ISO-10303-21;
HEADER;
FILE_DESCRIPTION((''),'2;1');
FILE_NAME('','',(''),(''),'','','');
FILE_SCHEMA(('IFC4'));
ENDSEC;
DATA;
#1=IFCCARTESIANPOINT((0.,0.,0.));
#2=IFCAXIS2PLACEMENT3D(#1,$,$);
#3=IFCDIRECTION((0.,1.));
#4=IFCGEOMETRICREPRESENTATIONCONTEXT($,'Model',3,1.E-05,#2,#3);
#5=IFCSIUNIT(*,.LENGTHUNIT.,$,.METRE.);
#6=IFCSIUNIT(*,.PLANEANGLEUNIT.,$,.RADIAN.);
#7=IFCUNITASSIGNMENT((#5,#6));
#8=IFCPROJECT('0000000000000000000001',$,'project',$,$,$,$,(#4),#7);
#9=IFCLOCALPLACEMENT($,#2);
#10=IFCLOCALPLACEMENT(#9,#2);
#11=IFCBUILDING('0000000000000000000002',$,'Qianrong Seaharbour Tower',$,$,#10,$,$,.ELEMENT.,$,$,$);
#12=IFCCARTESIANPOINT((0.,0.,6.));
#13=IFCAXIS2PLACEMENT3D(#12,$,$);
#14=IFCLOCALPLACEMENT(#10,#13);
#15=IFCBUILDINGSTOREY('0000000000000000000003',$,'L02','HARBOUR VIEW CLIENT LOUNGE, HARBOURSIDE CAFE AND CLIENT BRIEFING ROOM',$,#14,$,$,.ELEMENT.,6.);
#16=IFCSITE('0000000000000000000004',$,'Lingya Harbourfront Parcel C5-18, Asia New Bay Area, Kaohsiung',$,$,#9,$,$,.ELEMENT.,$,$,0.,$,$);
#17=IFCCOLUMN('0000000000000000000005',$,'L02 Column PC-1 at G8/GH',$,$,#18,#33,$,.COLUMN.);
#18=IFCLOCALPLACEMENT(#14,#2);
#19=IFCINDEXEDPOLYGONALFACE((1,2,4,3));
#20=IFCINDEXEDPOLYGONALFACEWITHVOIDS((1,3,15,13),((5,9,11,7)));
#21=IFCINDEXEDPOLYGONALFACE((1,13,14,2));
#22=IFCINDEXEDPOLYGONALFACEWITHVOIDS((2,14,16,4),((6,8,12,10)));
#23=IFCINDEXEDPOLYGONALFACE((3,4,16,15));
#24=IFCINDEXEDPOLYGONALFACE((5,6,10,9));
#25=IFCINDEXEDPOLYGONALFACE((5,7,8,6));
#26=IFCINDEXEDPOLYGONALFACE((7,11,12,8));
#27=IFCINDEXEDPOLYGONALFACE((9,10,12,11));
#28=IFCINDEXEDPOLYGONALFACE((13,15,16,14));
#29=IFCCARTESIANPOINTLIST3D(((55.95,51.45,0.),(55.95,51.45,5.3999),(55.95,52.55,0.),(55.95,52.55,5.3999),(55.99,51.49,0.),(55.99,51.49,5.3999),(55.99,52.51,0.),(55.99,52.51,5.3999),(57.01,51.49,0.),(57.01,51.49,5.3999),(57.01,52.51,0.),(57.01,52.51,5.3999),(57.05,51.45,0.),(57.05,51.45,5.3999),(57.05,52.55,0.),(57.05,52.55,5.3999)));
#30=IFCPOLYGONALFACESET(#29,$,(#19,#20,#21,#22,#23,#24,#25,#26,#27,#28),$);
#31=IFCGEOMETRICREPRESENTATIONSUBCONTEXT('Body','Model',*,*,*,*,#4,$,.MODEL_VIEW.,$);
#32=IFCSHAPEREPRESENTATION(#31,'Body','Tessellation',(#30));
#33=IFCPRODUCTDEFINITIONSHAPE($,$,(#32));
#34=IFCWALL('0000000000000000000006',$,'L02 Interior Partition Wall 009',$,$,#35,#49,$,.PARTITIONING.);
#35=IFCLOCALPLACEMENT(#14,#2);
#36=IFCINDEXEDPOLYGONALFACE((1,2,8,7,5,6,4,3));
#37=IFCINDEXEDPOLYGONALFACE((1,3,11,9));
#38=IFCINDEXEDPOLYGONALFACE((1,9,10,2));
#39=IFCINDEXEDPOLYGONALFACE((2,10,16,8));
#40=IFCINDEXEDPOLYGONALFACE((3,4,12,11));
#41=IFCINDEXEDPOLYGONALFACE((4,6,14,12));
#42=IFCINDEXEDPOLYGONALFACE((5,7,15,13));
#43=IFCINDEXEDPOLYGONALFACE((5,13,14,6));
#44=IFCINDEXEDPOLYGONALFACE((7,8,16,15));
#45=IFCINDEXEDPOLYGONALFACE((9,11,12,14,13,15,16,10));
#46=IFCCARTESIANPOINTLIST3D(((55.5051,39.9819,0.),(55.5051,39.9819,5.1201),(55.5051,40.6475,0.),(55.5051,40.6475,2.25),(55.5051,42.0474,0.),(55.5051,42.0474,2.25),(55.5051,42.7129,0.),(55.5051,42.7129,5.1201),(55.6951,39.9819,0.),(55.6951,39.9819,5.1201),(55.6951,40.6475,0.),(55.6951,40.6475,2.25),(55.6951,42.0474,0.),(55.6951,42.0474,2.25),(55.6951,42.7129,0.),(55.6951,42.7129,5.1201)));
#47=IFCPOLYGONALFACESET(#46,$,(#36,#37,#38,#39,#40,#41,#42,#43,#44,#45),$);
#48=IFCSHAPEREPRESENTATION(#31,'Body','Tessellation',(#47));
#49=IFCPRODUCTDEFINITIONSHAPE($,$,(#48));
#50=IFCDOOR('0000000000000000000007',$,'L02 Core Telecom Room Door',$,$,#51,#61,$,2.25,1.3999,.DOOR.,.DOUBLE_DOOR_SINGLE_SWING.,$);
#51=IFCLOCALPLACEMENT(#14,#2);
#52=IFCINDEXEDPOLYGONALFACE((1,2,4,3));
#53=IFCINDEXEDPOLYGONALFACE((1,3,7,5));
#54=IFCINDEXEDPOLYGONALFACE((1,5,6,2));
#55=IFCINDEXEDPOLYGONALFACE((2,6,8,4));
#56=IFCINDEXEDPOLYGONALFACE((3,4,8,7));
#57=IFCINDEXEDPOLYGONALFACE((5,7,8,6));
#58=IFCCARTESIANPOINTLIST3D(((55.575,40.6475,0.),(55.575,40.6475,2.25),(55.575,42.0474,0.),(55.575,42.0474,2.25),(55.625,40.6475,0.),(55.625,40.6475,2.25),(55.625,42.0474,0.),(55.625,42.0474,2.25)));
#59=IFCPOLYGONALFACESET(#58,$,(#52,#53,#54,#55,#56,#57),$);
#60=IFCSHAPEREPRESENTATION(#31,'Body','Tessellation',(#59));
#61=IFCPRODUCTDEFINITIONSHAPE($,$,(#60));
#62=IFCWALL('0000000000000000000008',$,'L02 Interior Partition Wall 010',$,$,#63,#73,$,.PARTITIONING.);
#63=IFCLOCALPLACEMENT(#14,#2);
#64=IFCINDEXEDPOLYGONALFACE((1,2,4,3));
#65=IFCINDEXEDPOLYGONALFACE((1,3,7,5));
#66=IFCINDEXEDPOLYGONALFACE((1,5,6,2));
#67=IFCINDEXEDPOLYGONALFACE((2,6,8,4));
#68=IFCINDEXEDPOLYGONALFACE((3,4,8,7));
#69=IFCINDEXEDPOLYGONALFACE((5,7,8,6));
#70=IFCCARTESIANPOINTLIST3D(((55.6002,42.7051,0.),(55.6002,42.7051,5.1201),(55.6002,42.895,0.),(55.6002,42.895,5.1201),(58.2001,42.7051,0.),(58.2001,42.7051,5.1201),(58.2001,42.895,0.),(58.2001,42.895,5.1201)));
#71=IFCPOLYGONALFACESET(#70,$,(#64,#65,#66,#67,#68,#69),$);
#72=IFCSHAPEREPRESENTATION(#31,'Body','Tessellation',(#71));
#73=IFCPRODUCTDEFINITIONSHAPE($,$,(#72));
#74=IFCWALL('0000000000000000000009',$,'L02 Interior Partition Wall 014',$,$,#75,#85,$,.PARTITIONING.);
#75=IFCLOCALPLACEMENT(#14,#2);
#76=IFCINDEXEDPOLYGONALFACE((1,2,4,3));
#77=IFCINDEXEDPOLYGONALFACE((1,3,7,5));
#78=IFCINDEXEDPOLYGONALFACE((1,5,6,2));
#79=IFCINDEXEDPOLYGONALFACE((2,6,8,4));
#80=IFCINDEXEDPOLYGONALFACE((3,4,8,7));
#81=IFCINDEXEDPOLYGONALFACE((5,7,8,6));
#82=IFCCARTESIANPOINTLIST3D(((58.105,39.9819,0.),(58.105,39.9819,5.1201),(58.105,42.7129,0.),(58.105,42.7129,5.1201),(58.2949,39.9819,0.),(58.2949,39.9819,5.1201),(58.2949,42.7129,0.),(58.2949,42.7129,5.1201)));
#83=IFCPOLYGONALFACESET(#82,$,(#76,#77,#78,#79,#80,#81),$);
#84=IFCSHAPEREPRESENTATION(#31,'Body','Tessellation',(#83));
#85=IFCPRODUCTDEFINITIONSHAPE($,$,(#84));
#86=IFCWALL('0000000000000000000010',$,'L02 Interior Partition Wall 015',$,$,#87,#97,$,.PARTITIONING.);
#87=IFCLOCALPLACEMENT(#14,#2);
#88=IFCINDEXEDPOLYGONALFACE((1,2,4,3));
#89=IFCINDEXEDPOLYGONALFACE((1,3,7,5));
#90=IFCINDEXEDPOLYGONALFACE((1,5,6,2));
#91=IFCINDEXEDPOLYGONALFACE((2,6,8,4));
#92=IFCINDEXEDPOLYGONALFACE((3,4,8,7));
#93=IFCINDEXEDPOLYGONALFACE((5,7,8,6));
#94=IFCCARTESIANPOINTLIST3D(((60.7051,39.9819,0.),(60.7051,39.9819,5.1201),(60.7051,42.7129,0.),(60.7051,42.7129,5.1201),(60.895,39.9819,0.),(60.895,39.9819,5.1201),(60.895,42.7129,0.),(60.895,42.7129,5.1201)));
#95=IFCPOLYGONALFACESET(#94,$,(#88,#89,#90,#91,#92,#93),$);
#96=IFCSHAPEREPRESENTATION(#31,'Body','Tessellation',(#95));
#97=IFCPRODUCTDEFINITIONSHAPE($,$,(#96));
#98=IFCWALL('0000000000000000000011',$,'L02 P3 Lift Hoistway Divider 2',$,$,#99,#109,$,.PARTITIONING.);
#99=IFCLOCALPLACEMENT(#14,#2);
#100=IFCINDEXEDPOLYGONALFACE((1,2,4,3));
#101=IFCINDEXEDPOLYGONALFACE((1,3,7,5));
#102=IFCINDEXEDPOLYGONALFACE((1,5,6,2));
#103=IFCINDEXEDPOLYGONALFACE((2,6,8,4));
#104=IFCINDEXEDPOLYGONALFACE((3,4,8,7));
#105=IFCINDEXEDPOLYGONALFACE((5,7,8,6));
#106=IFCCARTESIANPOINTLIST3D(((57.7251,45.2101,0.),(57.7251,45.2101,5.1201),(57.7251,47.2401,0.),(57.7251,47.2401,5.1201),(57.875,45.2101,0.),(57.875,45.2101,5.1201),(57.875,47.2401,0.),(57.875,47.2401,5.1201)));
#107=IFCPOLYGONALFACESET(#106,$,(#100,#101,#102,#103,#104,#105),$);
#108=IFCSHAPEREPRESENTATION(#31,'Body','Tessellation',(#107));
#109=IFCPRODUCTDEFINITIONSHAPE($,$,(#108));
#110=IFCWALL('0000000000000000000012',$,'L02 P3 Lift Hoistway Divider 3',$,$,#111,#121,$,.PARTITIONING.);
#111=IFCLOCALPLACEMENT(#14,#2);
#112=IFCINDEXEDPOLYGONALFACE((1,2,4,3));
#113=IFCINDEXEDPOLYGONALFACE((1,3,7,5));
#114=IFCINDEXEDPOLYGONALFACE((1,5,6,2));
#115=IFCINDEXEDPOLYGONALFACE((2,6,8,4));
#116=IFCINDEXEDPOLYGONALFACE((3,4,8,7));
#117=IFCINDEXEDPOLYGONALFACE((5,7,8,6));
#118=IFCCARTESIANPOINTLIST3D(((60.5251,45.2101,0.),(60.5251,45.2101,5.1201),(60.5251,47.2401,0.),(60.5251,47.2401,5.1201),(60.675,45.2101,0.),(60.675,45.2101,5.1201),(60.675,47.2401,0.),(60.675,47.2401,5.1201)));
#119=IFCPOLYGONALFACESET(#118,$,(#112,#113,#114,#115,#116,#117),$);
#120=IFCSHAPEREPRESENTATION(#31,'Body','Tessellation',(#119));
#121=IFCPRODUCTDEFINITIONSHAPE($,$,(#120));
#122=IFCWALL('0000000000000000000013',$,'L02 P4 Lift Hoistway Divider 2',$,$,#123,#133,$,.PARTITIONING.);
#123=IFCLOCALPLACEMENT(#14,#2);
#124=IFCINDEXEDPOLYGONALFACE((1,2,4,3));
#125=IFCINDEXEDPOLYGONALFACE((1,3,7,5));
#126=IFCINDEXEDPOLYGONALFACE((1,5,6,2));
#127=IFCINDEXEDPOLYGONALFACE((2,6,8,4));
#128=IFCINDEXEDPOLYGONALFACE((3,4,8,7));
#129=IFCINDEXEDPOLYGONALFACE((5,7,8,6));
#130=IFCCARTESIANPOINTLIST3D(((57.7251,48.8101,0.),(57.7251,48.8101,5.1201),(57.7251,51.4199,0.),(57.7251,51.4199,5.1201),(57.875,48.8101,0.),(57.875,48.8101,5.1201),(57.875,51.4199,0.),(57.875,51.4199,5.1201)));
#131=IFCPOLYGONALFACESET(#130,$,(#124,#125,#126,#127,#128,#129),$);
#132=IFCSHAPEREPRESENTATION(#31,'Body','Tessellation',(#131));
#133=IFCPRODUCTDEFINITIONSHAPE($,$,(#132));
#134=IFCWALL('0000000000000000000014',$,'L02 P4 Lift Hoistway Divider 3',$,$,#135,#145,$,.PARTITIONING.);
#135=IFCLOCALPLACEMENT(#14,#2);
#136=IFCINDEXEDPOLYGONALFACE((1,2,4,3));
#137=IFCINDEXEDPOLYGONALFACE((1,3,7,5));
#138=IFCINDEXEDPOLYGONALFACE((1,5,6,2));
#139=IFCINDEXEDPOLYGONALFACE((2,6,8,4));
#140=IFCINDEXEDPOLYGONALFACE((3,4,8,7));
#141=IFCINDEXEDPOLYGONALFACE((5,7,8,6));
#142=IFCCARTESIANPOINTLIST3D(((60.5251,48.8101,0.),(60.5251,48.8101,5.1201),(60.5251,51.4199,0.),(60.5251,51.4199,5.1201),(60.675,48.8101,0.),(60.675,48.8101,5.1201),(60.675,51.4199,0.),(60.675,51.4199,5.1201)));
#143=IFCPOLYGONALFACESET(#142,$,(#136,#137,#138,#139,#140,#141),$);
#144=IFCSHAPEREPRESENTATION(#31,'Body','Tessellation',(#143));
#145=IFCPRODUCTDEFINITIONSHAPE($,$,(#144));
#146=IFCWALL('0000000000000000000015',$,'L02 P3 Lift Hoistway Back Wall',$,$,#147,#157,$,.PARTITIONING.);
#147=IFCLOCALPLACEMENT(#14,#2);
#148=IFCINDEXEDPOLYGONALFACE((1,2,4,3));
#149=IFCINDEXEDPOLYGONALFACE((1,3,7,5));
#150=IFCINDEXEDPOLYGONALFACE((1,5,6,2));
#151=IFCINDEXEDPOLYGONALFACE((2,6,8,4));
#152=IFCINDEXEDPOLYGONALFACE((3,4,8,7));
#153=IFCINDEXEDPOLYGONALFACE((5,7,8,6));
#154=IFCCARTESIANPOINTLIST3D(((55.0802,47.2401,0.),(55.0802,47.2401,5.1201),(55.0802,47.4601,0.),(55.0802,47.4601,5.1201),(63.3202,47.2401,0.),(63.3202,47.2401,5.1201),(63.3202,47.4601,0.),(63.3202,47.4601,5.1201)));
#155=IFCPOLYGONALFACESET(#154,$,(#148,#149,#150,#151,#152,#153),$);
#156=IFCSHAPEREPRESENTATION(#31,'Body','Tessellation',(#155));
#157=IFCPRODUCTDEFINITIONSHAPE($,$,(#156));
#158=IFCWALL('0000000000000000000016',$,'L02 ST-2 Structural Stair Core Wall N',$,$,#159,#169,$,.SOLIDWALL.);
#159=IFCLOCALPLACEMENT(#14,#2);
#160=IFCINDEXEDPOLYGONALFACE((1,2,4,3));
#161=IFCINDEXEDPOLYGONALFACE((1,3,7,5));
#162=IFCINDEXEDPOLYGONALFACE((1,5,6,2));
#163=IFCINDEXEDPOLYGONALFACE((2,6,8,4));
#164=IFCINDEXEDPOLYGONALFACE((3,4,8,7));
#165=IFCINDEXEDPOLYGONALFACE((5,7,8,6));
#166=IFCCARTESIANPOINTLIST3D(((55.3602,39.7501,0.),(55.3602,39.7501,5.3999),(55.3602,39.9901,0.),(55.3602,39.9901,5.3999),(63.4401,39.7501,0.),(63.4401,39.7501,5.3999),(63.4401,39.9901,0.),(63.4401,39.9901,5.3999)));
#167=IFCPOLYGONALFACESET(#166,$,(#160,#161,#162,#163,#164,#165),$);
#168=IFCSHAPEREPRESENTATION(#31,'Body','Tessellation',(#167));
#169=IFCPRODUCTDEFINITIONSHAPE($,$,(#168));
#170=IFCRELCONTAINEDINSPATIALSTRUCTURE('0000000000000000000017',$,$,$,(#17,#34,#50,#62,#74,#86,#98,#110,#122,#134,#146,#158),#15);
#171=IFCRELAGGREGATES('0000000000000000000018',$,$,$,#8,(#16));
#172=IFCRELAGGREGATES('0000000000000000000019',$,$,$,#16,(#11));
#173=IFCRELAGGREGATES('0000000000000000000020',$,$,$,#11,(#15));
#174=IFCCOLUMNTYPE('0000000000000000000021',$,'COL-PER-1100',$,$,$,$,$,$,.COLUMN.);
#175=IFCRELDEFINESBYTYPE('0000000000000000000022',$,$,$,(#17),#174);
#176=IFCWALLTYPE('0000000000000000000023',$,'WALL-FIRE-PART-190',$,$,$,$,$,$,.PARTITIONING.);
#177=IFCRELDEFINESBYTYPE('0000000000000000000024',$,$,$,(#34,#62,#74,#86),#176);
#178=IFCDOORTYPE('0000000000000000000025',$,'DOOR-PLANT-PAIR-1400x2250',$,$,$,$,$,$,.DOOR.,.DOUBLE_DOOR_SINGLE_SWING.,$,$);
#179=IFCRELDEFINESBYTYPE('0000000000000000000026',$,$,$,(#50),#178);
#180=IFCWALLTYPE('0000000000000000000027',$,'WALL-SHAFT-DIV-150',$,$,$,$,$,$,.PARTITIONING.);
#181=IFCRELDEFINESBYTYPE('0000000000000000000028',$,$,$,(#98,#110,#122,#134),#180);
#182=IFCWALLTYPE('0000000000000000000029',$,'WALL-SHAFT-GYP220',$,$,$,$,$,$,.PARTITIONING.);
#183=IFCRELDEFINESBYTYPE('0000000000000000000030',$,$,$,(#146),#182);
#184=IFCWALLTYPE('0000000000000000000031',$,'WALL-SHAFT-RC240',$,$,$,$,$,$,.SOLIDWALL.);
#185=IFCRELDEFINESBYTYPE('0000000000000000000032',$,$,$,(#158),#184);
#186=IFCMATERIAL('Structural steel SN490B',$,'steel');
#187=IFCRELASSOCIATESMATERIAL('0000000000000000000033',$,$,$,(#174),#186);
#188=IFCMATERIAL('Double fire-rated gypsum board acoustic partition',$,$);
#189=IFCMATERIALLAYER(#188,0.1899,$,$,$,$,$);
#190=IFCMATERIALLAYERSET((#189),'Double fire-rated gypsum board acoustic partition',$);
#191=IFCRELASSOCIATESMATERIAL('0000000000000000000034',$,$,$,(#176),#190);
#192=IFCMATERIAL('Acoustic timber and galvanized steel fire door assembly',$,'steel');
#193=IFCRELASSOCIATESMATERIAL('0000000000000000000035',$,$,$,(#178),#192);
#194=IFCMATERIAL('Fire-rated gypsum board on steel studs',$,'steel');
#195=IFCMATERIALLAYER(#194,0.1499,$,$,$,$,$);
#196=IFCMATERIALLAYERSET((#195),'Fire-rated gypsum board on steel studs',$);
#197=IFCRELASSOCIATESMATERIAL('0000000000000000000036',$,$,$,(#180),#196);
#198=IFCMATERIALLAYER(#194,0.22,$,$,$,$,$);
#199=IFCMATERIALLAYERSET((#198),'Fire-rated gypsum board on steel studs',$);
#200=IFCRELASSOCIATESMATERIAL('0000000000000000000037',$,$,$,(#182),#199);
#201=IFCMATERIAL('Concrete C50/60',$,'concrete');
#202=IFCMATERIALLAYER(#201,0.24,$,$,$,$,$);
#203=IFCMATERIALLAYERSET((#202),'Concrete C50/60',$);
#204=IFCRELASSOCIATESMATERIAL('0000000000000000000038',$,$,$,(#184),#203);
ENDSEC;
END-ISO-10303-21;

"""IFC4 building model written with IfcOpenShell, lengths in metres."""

from ifc_helpers import new_model, si_unit, direction, frame, frame_2d, origin, origin_2d, place, context, subcontext, project, spatial, rectangle, hollow_rectangle, extrude, material, layer, layer_set, material_profile, profile_set, type_object, element, fill, save


model = new_model("IFC4")

# Units and contexts
model_context = context("Model", 3, precision=1e-05, world=origin(), true_north=direction((0.0, 1.0)))
body_context = subcontext(model_context, "Body", "Model", "MODEL_VIEW")
ifc_project = project(units=[si_unit("LENGTHUNIT", "METRE"), si_unit("PLANEANGLEUNIT", "RADIAN")], contexts=[model_context])

# Site, building, storey
site_placement = place(None, origin())
site = spatial("IfcSite", under=ifc_project, at=site_placement, Name="Lingya Harbourfront Parcel C5-18, Asia New Bay Area, Kaohsiung", CompositionType="ELEMENT", RefElevation=0.0)
building_placement = place(site_placement, origin())
building = spatial("IfcBuilding", under=site, at=building_placement, Name="Qianrong Seaharbour Tower", CompositionType="ELEMENT")
storey_placement = place(building_placement, frame((0.0, 0.0, 6.0)))
storey = spatial("IfcBuildingStorey", under=building, at=storey_placement, Name="L02", Description="HARBOUR VIEW CLIENT LOUNGE, HARBOURSIDE CAFE AND CLIENT BRIEFING ROOM", CompositionType="ELEMENT", Elevation=6.0)

# Column
ifc_material_1 = material(Name="Structural steel SN490B", Category="steel")
ifc_material_profile = material_profile(ifc_material_1, hollow_rectangle(XDim=1.1001, YDim=1.1001, WallThickness=0.04, at=origin_2d()), Name="BOX1100x1100x40")
ifc_profile_set = profile_set([ifc_material_profile], Name="Structural steel SN490B")
column_type = type_object("IfcColumnType", Name="COL-PER-1100", PredefinedType="COLUMN", material=ifc_profile_set)
column_placement = place(storey_placement, frame((56.5, 52.0, 0.0), z_axis=(0.0, 0.0, 1.0), x_axis=(1.0, 0.0, 0.0)))
element("IfcColumn", 1, at=column_placement, inside=storey, type_object=column_type, Name="L02 Column PC-1 at G8/GH", PredefinedType="COLUMN", context=body_context, shape_type="SweptSolid", body=[
    extrude(hollow_rectangle(XDim=1.1001, YDim=1.1001, WallThickness=0.04, at=origin_2d()), origin(), (0.0, 0.0, 1.0), 5.3999),
])

# Wall, opening, door
ifc_material_2 = material(Name="Acoustic timber and galvanized steel fire door assembly", Category="steel")
ifc_material_3 = material(Name="Double fire-rated gypsum board acoustic partition")
ifc_layer_1 = layer(ifc_material_3, 0.1899)
ifc_layer_set_1 = layer_set([ifc_layer_1], Name="Double fire-rated gypsum board acoustic partition")
wall_type_1 = type_object("IfcWallType", Name="WALL-FIRE-PART-190", PredefinedType="PARTITIONING", material=ifc_layer_set_1)
wall_1_placement = place(storey_placement, frame((55.6001, 42.7129, 0.0), z_axis=(0.0, 0.0, 1.0), x_axis=(0.0, -1.0, 0.0)))
wall_1 = element("IfcWall", 2, at=wall_1_placement, inside=storey, type_object=wall_type_1, Name="L02 Interior Partition Wall 009", PredefinedType="PARTITIONING", context=body_context, shape_type="SweptSolid", body=[
    extrude(rectangle(XDim=2.731, YDim=0.1899, at=frame_2d((1.3655, 0.0))), origin(), (0.0, 0.0, 1.0), 5.1201),
])
opening_1_placement = place(wall_1_placement, frame((0.6655, 0.0, 0.0)))
opening_1 = element("IfcOpeningElement", 3, at=opening_1_placement, cuts=wall_1, PredefinedType="OPENING", context=body_context, shape_type="SweptSolid", body=[
    extrude(rectangle(XDim=1.3999, YDim=2.25, at=frame_2d((0.7, 1.125))), frame((0.0, 0.105, 0.0), z_axis=(0.0, -1.0, 0.0), x_axis=(1.0, 0.0, 0.0)), (0.0, 0.0, 1.0), 0.21),
])
door_type_1 = type_object("IfcDoorType", Name="DOOR-PLANT-PAIR-1400x2250", OperationType="DOUBLE_DOOR_SINGLE_SWING", PredefinedType="DOOR", material=ifc_material_2)
door_1_placement = place(opening_1_placement, origin())
door_1 = element("IfcDoor", 4, at=door_1_placement, inside=storey, type_object=door_type_1, Name="L02 Core Telecom Room Door", OperationType="DOUBLE_DOOR_SINGLE_SWING", OverallHeight=2.25, OverallWidth=1.3999, PredefinedType="DOOR", context=body_context, shape_type="SweptSolid", body=[
    extrude(rectangle(XDim=1.3999, YDim=2.25, at=frame_2d((0.7, 1.125))), frame((0.0, 0.0249, 0.0), z_axis=(0.0, -1.0, 0.0), x_axis=(1.0, 0.0, 0.0)), (0.0, 0.0, 1.0), 0.05),
])
fill(opening_1, door_1)

# Walls
wall_2_placement = place(storey_placement, frame((58.2, 42.8, 0.0), z_axis=(0.0, 0.0, 1.0), x_axis=(-1.0, 0.0, 0.0)))
element("IfcWall", 5, at=wall_2_placement, inside=storey, type_object=wall_type_1, Name="L02 Interior Partition Wall 010", PredefinedType="PARTITIONING", context=body_context, shape_type="SweptSolid", body=[
    extrude(rectangle(XDim=2.5999, YDim=0.1899, at=frame_2d((1.2998, 0.0))), origin(), (0.0, 0.0, 1.0), 5.1201),
])
for number, where, z_axis, x_axis, name in (
    (6, (58.2, 42.7129, 0.0), (0.0, 0.0, 1.0), (0.0, -1.0, 0.0), "L02 Interior Partition Wall 014"),
    (7, (60.8, 42.7129, 0.0), (0.0, 0.0, 1.0), (0.0, -1.0, 0.0), "L02 Interior Partition Wall 015"),
):
    element("IfcWall", number, at=place(storey_placement, frame(where, z_axis=z_axis, x_axis=x_axis)), inside=storey, type_object=wall_type_1, Name=name, PredefinedType="PARTITIONING", context=body_context, shape_type="SweptSolid", body=[
        extrude(rectangle(XDim=2.731, YDim=0.1899, at=frame_2d((1.3655, 0.0))), origin(), (0.0, 0.0, 1.0), 5.1201),
    ])
ifc_material_4 = material(Name="Fire-rated gypsum board on steel studs", Category="steel")
ifc_layer_2 = layer(ifc_material_4, 0.1499)
ifc_layer_set_2 = layer_set([ifc_layer_2], Name="Fire-rated gypsum board on steel studs")
wall_type_2 = type_object("IfcWallType", Name="WALL-SHAFT-DIV-150", PredefinedType="PARTITIONING", material=ifc_layer_set_2)
for number, where, z_axis, x_axis, name in (
    (8, (57.8, 45.21, 0.0), (0.0, 0.0, 1.0), (0.0, 1.0, 0.0), "L02 P3 Lift Hoistway Divider 2"),
    (9, (60.6001, 45.21, 0.0), (0.0, 0.0, 1.0), (0.0, 1.0, 0.0), "L02 P3 Lift Hoistway Divider 3"),
):
    element("IfcWall", number, at=place(storey_placement, frame(where, z_axis=z_axis, x_axis=x_axis)), inside=storey, type_object=wall_type_2, Name=name, PredefinedType="PARTITIONING", context=body_context, shape_type="SweptSolid", body=[
        extrude(rectangle(XDim=2.03, YDim=0.1499, at=frame_2d((1.0151, 0.0))), origin(), (0.0, 0.0, 1.0), 5.1201),
    ])
for number, where, z_axis, x_axis, name in (
    (10, (57.8, 48.8101, 0.0), (0.0, 0.0, 1.0), (0.0, 1.0, 0.0), "L02 P4 Lift Hoistway Divider 2"),
    (11, (60.6001, 48.8101, 0.0), (0.0, 0.0, 1.0), (0.0, 1.0, 0.0), "L02 P4 Lift Hoistway Divider 3"),
):
    element("IfcWall", number, at=place(storey_placement, frame(where, z_axis=z_axis, x_axis=x_axis)), inside=storey, type_object=wall_type_2, Name=name, PredefinedType="PARTITIONING", context=body_context, shape_type="SweptSolid", body=[
        extrude(rectangle(XDim=2.6099, YDim=0.1499, at=frame_2d((1.3049, 0.0))), origin(), (0.0, 0.0, 1.0), 5.1201),
    ])
ifc_layer_3 = layer(ifc_material_4, 0.22)
ifc_layer_set_3 = layer_set([ifc_layer_3], Name="Fire-rated gypsum board on steel studs")
wall_type_3 = type_object("IfcWallType", Name="WALL-SHAFT-GYP220", PredefinedType="PARTITIONING", material=ifc_layer_set_3)
wall_3_placement = place(storey_placement, frame((55.0801, 47.3501, 0.0), z_axis=(0.0, 0.0, 1.0), x_axis=(1.0, 0.0, 0.0)))
element("IfcWall", 12, at=wall_3_placement, inside=storey, type_object=wall_type_3, Name="L02 P3 Lift Hoistway Back Wall", PredefinedType="PARTITIONING", context=body_context, shape_type="SweptSolid", body=[
    extrude(rectangle(XDim=8.24, YDim=0.22, at=frame_2d((4.1201, 0.0))), origin(), (0.0, 0.0, 1.0), 5.1201),
])
ifc_material_5 = material(Name="Concrete C50/60", Category="concrete")
ifc_layer_4 = layer(ifc_material_5, 0.24)
ifc_layer_set_4 = layer_set([ifc_layer_4], Name="Concrete C50/60")
wall_type_4 = type_object("IfcWallType", Name="WALL-SHAFT-RC240", PredefinedType="SOLIDWALL", material=ifc_layer_set_4)
wall_4_placement = place(storey_placement, frame((55.3601, 39.8701, 0.0), z_axis=(0.0, 0.0, 1.0), x_axis=(1.0, 0.0, 0.0)))
element("IfcWall", 13, at=wall_4_placement, inside=storey, type_object=wall_type_4, Name="L02 ST-2 Structural Stair Core Wall N", PredefinedType="SOLIDWALL", context=body_context, shape_type="SweptSolid", body=[
    extrude(rectangle(XDim=8.0798, YDim=0.24, at=frame_2d((4.04, 0.0))), origin(), (0.0, 0.0, 1.0), 5.3999),
])

save(model, "model.ifc")
